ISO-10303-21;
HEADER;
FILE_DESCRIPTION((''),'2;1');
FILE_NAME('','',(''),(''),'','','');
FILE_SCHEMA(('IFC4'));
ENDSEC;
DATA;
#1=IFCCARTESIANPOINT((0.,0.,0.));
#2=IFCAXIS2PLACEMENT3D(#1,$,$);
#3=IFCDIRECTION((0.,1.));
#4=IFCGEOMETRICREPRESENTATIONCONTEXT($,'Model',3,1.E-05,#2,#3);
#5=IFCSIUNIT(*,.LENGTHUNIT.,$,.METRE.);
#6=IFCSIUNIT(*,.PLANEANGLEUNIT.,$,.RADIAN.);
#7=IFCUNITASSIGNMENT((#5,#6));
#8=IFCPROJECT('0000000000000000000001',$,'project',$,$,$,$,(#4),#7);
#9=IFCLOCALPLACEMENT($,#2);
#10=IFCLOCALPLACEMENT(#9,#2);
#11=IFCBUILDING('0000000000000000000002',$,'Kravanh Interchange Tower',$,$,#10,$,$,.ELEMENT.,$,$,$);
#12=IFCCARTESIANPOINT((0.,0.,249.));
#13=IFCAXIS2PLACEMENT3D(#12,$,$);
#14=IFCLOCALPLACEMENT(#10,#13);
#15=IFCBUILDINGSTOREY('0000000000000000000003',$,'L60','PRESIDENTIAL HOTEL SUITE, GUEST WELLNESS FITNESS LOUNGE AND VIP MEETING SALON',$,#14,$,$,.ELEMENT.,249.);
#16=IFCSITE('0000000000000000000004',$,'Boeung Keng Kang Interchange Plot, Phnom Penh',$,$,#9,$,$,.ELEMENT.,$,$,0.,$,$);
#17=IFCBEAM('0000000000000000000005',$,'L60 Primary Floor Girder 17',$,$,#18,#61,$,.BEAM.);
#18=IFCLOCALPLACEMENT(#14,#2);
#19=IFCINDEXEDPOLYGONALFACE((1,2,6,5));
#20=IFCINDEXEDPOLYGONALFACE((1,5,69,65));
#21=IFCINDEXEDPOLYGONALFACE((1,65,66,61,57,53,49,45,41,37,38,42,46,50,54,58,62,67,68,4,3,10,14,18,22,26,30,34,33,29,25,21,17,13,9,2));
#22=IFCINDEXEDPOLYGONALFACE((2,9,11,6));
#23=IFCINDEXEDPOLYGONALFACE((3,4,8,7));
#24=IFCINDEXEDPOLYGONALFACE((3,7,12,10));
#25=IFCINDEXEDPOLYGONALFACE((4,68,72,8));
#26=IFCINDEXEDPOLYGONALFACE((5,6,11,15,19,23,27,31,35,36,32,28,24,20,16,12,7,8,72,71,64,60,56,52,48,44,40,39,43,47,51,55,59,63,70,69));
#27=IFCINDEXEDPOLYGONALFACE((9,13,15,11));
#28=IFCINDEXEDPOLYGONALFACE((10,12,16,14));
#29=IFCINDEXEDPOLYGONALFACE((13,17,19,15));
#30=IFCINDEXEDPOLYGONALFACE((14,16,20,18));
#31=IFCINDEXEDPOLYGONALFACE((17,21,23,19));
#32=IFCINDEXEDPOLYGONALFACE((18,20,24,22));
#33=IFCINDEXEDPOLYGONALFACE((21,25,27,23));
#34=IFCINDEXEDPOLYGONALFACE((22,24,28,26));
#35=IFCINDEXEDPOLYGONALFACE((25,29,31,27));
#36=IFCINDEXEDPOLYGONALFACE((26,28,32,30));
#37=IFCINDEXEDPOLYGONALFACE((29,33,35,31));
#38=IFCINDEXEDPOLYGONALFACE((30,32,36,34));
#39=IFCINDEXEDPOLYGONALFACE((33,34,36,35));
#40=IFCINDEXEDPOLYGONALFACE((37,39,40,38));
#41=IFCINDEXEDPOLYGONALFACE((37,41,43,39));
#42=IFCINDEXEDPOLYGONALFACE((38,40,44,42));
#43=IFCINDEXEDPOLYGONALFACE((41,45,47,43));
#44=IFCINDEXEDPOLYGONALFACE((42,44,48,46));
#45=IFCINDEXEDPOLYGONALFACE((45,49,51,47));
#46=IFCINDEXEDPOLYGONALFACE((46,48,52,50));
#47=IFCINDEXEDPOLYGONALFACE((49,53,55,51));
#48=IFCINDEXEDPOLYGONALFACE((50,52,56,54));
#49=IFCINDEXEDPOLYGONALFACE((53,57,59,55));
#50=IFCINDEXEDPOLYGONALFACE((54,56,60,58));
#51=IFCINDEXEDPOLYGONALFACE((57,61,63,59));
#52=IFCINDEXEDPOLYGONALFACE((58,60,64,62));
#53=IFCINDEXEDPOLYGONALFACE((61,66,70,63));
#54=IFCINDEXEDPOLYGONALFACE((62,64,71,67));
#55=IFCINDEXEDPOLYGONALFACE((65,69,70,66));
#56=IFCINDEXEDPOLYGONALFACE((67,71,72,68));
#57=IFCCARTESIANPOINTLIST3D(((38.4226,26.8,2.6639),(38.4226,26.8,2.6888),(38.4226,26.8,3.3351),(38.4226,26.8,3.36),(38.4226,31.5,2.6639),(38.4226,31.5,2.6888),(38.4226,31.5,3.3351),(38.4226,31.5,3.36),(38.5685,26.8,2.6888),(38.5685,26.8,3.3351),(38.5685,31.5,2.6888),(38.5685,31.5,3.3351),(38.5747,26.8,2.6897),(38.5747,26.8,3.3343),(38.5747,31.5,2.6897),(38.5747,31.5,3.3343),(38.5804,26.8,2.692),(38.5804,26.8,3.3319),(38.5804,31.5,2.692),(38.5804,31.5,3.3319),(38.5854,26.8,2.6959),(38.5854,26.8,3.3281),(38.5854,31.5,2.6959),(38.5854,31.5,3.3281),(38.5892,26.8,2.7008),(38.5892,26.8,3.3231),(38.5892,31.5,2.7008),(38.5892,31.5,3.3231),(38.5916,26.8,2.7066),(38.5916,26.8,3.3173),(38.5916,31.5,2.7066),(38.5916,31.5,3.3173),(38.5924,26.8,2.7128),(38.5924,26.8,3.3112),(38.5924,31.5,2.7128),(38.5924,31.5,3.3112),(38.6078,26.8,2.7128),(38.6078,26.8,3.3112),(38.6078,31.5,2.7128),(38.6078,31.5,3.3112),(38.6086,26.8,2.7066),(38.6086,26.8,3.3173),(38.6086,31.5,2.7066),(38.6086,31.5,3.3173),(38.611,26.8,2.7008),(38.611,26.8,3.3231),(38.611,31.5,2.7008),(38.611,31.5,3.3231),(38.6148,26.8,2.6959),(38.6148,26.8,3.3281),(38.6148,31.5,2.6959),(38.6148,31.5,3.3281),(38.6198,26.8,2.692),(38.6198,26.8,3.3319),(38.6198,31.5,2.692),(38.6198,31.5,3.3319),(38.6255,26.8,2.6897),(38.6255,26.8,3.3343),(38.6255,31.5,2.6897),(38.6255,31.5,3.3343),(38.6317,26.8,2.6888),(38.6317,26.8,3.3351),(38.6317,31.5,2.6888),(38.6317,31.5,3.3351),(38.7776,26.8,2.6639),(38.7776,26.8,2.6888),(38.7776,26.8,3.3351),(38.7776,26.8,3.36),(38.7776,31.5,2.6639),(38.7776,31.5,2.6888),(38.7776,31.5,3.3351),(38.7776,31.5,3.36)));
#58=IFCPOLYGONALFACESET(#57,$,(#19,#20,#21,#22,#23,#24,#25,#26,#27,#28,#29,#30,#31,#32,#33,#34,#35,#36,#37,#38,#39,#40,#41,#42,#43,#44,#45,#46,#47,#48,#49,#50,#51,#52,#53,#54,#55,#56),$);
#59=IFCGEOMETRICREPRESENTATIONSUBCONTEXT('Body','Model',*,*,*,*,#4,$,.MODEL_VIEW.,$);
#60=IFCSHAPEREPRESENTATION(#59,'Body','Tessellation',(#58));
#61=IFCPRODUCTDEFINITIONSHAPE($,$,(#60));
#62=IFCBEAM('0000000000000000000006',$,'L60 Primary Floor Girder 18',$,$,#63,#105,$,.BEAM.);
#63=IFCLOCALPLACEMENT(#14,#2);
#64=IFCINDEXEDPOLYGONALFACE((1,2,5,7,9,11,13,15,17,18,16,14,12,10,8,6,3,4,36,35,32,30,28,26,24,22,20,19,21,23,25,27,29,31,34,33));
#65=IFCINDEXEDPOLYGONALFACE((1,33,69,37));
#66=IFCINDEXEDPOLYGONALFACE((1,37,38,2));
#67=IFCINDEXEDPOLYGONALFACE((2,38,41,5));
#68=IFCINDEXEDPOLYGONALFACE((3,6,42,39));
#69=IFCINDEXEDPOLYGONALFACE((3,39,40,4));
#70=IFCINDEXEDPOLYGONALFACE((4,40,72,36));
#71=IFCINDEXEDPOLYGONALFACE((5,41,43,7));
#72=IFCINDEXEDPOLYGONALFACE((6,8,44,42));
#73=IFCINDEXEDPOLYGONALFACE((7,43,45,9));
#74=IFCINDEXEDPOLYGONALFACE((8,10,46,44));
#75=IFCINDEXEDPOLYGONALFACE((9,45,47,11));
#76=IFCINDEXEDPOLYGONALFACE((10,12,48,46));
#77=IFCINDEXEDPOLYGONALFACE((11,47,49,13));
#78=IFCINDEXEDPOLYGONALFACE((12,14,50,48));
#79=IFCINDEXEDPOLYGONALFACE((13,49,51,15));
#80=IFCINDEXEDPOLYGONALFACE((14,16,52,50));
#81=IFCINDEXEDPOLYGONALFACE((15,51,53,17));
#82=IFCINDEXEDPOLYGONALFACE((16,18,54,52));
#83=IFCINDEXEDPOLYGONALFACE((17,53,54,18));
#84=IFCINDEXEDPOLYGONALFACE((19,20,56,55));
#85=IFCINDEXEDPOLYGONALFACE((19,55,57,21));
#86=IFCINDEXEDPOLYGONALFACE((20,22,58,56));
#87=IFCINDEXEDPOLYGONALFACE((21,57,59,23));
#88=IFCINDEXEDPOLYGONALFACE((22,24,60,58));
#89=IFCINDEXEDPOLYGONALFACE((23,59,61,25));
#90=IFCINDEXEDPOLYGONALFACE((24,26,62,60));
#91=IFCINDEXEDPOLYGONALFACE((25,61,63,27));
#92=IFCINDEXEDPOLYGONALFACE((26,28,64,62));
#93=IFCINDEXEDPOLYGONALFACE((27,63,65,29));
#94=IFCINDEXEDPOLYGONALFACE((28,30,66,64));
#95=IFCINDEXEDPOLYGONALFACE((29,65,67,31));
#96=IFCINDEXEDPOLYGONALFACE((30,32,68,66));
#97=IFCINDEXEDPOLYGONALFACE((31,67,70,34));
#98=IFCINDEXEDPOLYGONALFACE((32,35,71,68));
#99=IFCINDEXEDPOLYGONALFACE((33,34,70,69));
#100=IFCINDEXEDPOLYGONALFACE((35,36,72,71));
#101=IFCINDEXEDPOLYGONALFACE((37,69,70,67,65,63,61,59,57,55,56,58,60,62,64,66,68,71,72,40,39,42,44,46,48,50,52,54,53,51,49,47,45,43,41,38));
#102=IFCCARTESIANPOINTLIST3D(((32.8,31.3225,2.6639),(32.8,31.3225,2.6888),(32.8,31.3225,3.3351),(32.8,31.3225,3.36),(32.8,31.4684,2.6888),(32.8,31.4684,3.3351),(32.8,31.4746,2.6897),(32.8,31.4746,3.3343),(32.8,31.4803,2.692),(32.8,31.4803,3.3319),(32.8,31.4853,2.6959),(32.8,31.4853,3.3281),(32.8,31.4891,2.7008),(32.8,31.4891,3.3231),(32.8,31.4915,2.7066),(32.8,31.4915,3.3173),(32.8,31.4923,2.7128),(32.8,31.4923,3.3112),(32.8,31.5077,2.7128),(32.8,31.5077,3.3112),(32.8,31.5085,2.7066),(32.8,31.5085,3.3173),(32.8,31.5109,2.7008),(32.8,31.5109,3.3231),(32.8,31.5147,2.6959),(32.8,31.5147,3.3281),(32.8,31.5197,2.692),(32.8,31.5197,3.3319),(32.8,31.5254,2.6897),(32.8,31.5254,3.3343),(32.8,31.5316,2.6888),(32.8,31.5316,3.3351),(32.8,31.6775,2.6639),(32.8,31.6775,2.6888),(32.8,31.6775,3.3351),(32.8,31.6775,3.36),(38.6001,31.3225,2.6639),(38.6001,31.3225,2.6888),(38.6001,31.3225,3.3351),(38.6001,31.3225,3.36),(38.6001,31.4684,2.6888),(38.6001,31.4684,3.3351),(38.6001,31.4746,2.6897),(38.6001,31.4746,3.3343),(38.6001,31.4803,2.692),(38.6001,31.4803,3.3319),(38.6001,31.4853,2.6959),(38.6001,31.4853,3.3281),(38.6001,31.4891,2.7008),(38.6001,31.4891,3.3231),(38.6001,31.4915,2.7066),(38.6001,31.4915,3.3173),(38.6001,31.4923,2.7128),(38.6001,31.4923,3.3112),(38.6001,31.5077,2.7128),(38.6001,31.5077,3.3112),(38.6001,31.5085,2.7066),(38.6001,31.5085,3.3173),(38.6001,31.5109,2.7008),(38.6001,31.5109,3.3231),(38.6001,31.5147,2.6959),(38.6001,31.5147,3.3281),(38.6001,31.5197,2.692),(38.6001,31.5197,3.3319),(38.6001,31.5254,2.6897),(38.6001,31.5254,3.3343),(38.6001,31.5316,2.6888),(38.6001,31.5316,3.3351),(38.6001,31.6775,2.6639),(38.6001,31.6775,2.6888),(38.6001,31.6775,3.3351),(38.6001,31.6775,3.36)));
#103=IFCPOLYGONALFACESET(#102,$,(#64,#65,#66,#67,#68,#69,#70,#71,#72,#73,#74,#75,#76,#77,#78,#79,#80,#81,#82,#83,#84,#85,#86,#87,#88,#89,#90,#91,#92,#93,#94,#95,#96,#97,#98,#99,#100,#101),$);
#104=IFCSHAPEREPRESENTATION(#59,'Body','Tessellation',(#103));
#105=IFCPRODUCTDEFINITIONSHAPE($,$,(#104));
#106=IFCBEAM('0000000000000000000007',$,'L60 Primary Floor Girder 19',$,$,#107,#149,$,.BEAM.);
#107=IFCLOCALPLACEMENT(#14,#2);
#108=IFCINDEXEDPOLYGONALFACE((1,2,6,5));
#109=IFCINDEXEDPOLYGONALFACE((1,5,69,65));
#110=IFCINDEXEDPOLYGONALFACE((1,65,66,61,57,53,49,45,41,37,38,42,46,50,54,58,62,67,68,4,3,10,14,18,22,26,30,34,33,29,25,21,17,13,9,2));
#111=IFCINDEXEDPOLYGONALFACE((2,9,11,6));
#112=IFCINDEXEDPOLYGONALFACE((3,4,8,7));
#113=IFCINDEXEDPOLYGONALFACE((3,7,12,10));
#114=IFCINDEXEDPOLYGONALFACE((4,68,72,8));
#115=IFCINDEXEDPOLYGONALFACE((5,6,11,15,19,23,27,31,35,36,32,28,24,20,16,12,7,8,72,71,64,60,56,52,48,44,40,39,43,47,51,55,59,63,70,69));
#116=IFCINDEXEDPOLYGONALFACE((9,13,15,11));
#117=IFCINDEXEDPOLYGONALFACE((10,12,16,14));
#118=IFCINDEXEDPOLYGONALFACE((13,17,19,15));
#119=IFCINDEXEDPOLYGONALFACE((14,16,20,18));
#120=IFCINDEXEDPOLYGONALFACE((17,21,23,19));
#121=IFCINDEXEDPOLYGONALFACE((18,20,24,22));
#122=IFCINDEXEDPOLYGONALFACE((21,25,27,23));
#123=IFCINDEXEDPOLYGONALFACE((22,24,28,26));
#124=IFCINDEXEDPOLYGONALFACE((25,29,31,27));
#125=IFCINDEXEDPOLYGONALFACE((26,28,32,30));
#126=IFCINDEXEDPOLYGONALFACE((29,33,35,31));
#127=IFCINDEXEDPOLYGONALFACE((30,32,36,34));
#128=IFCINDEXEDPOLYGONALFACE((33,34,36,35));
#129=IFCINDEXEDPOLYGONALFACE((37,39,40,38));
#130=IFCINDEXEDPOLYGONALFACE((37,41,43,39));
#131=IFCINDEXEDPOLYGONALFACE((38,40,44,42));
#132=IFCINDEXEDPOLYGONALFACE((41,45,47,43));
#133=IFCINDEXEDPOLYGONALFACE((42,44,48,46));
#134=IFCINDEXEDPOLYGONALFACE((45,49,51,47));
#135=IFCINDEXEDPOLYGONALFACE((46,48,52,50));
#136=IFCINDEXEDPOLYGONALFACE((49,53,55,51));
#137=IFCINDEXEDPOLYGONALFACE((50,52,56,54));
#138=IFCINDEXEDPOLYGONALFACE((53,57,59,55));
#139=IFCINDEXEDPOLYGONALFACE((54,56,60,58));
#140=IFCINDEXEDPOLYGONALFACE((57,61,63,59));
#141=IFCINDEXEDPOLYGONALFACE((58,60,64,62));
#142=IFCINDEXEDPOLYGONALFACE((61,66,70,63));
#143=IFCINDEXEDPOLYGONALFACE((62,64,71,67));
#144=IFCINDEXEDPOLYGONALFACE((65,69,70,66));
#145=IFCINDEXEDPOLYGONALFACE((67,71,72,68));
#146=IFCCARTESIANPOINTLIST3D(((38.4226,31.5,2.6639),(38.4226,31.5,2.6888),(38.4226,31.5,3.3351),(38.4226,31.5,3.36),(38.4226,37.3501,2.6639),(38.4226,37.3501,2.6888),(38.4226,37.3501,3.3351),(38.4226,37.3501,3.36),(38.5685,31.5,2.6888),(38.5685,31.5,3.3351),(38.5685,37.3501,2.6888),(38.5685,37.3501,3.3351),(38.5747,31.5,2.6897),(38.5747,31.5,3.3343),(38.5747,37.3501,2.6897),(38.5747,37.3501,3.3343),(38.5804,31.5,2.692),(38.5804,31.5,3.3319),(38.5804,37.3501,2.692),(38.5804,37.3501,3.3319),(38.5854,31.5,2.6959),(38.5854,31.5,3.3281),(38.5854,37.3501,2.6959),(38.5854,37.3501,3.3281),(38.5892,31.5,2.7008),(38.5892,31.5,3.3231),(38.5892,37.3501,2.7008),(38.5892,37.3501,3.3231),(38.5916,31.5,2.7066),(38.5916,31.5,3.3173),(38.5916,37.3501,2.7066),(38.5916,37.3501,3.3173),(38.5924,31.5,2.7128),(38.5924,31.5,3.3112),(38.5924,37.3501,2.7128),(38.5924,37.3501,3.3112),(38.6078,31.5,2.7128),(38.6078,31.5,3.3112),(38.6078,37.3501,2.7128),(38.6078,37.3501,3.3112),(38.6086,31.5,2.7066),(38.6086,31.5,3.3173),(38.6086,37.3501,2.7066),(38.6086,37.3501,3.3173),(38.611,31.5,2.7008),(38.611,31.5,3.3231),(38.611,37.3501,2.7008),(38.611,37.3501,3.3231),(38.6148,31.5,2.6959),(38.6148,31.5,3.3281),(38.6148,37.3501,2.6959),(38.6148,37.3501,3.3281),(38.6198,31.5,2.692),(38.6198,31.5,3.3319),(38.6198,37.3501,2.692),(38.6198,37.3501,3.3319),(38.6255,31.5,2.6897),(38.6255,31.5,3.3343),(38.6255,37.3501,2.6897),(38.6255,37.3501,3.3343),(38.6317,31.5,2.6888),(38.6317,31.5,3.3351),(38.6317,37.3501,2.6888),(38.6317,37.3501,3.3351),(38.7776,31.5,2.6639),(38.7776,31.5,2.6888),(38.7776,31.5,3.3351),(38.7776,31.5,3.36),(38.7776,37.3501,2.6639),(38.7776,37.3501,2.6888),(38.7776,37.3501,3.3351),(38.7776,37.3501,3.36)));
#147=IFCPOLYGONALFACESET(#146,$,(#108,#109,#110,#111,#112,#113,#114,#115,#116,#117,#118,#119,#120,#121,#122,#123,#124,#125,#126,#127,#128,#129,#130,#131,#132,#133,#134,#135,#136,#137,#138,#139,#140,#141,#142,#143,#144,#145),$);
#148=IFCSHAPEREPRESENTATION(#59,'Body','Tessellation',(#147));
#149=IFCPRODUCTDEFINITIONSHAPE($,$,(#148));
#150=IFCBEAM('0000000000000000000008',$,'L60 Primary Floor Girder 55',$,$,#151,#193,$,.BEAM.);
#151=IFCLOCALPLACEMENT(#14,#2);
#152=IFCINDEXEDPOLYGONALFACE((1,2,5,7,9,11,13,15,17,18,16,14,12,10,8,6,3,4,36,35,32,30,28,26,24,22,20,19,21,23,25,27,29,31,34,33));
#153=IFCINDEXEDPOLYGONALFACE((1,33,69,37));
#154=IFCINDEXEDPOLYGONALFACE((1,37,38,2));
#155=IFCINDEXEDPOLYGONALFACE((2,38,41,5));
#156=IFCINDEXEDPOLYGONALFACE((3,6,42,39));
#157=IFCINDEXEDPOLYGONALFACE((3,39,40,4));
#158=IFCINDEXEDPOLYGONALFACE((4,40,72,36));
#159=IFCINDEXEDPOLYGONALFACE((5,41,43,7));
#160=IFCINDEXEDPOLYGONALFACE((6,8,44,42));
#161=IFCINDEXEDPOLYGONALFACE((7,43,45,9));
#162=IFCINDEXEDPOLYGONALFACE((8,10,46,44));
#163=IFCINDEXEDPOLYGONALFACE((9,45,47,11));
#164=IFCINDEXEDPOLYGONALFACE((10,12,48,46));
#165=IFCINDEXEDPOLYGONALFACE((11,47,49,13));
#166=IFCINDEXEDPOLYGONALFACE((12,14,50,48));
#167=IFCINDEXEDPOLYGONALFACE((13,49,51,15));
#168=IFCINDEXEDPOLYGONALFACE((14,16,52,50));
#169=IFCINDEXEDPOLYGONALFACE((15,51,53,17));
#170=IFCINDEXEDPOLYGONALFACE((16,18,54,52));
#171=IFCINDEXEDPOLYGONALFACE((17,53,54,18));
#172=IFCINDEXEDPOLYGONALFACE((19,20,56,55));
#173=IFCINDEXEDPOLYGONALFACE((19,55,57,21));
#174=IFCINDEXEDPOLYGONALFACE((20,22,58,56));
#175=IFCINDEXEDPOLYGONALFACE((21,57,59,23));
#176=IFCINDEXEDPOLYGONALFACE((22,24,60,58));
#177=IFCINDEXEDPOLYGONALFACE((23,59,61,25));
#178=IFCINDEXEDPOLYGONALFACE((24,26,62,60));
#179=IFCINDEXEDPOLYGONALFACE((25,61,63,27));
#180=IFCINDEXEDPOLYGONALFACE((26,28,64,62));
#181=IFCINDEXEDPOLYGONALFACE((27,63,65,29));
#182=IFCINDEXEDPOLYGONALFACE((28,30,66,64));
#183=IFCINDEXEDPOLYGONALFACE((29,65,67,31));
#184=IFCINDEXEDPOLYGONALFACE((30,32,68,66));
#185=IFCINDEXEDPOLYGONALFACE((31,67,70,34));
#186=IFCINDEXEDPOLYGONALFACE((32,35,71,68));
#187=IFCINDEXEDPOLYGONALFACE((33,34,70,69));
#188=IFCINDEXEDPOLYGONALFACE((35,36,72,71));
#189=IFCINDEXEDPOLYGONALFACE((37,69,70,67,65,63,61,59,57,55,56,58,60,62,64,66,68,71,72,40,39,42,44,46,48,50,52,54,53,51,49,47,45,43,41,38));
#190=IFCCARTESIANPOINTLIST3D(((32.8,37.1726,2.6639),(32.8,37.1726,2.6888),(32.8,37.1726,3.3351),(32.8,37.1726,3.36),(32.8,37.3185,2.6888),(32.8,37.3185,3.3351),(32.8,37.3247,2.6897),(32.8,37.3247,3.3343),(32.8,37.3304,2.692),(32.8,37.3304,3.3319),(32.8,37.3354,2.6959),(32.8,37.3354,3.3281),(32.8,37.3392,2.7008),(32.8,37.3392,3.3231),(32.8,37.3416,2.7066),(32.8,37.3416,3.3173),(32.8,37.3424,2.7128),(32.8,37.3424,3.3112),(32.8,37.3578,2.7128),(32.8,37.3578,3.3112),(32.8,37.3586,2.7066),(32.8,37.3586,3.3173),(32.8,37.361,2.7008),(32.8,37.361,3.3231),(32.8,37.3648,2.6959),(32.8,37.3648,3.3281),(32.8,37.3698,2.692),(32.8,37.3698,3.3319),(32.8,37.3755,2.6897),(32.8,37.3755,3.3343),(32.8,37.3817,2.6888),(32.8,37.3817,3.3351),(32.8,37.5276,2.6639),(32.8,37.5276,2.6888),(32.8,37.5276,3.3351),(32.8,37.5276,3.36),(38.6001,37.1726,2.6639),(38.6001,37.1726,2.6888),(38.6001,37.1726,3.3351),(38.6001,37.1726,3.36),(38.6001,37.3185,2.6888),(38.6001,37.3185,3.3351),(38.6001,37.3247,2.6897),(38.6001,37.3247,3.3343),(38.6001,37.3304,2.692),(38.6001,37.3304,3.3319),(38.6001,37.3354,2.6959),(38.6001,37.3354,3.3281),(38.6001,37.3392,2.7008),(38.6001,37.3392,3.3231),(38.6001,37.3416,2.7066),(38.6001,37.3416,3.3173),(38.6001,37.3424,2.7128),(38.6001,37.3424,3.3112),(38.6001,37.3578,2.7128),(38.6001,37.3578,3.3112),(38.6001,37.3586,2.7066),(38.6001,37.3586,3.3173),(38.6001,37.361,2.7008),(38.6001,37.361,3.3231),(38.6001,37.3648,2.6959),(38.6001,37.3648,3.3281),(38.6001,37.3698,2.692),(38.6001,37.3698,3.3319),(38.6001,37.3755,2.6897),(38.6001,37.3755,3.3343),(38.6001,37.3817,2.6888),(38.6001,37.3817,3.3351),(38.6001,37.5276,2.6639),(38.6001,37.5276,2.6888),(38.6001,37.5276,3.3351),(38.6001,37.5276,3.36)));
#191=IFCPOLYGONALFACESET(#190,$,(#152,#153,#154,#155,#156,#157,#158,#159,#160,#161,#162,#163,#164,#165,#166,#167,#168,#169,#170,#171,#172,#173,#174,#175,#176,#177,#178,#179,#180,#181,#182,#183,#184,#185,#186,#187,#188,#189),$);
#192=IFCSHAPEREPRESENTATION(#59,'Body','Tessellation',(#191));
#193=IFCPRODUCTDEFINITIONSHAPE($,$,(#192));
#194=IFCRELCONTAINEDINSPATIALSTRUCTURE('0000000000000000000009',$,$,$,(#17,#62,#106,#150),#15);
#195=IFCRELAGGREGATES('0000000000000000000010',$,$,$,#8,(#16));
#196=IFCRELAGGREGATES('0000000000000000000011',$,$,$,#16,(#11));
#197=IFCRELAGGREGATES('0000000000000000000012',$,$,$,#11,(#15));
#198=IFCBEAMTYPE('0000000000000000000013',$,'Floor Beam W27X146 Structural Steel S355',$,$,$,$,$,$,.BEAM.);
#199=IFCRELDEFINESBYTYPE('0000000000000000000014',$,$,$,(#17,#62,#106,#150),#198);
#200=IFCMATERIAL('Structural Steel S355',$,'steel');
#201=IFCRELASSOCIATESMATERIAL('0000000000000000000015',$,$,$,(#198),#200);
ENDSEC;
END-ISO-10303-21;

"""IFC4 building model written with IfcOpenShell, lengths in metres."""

from ifc_helpers import new_model, si_unit, direction, frame, origin, origin_2d, place, context, subcontext, project, spatial, i_section, extrude, material, material_profile, profile_set, type_object, element, save


model = new_model("IFC4")

# Units and contexts
model_context = context("Model", 3, precision=1e-05, world=origin(), true_north=direction((0.0, 1.0)))
body_context = subcontext(model_context, "Body", "Model", "MODEL_VIEW")
ifc_project = project(units=[si_unit("LENGTHUNIT", "METRE"), si_unit("PLANEANGLEUNIT", "RADIAN")], contexts=[model_context])

# Site, building, storey
site_placement = place(None, origin())
site = spatial("IfcSite", under=ifc_project, at=site_placement, Name="Boeung Keng Kang Interchange Plot, Phnom Penh", CompositionType="ELEMENT", RefElevation=0.0)
building_placement = place(site_placement, origin())
building = spatial("IfcBuilding", under=site, at=building_placement, Name="Kravanh Interchange Tower", CompositionType="ELEMENT")
storey_placement = place(building_placement, frame((0.0, 0.0, 249.0)))
storey = spatial("IfcBuildingStorey", under=building, at=storey_placement, Name="L60", Description="PRESIDENTIAL HOTEL SUITE, GUEST WELLNESS FITNESS LOUNGE AND VIP MEETING SALON", CompositionType="ELEMENT", Elevation=249.0)

# Beams
ifc_material_1 = material(Name="Structural Steel S355", Category="steel")
ifc_material_profile_1 = material_profile(ifc_material_1, i_section(OverallWidth=0.355, OverallDepth=0.696, WebThickness=0.0154, FlangeThickness=0.0249, FilletRadius=0.0239, at=origin_2d()), Name="W27X146")
ifc_profile_set_1 = profile_set([ifc_material_profile_1], Name="Structural Steel S355")
beam_type_1 = type_object("IfcBeamType", Name="Floor Beam W27X146 Structural Steel S355", PredefinedType="BEAM", material=ifc_profile_set_1)
beam_1_placement = place(storey_placement, frame((38.6001, 31.5, 3.012), z_axis=(0.0, -1.0, 0.0), x_axis=(1.0, 0.0, 0.0)))
element("IfcBeam", 1, at=beam_1_placement, inside=storey, type_object=beam_type_1, Name="L60 Primary Floor Girder 17", PredefinedType="BEAM", context=body_context, shape_type="SweptSolid", body=[
    extrude(i_section(OverallWidth=0.355, OverallDepth=0.696, WebThickness=0.0154, FlangeThickness=0.0249, FilletRadius=0.0239, at=origin_2d()), origin(), (0.0, 0.0, 1.0), 4.7),
])
beam_2_placement = place(storey_placement, frame((38.6001, 31.5, 3.012), z_axis=(-1.0, 0.0, 0.0), x_axis=(0.0, -1.0, 0.0)))
element("IfcBeam", 2, at=beam_2_placement, inside=storey, type_object=beam_type_1, Name="L60 Primary Floor Girder 18", PredefinedType="BEAM", context=body_context, shape_type="SweptSolid", body=[
    extrude(i_section(OverallWidth=0.355, OverallDepth=0.696, WebThickness=0.0154, FlangeThickness=0.0249, FilletRadius=0.0239, at=origin_2d()), origin(), (0.0, 0.0, 1.0), 5.8),
])
beam_3_placement = place(storey_placement, frame((38.6001, 31.5, 3.012), z_axis=(0.0, 1.0, 0.0), x_axis=(-1.0, 0.0, 0.0)))
element("IfcBeam", 3, at=beam_3_placement, inside=storey, type_object=beam_type_1, Name="L60 Primary Floor Girder 19", PredefinedType="BEAM", context=body_context, shape_type="SweptSolid", body=[
    extrude(i_section(OverallWidth=0.355, OverallDepth=0.696, WebThickness=0.0154, FlangeThickness=0.0249, FilletRadius=0.0239, at=origin_2d()), origin(), (0.0, 0.0, 1.0), 5.8501),
])
beam_4_placement = place(storey_placement, frame((38.6001, 37.3501, 3.012), z_axis=(-1.0, 0.0, 0.0), x_axis=(0.0, -1.0, 0.0)))
element("IfcBeam", 4, at=beam_4_placement, inside=storey, type_object=beam_type_1, Name="L60 Primary Floor Girder 55", PredefinedType="BEAM", context=body_context, shape_type="SweptSolid", body=[
    extrude(i_section(OverallWidth=0.355, OverallDepth=0.696, WebThickness=0.0154, FlangeThickness=0.0249, FilletRadius=0.0239, at=origin_2d()), origin(), (0.0, 0.0, 1.0), 5.8),
])

save(model, "model.ifc")
